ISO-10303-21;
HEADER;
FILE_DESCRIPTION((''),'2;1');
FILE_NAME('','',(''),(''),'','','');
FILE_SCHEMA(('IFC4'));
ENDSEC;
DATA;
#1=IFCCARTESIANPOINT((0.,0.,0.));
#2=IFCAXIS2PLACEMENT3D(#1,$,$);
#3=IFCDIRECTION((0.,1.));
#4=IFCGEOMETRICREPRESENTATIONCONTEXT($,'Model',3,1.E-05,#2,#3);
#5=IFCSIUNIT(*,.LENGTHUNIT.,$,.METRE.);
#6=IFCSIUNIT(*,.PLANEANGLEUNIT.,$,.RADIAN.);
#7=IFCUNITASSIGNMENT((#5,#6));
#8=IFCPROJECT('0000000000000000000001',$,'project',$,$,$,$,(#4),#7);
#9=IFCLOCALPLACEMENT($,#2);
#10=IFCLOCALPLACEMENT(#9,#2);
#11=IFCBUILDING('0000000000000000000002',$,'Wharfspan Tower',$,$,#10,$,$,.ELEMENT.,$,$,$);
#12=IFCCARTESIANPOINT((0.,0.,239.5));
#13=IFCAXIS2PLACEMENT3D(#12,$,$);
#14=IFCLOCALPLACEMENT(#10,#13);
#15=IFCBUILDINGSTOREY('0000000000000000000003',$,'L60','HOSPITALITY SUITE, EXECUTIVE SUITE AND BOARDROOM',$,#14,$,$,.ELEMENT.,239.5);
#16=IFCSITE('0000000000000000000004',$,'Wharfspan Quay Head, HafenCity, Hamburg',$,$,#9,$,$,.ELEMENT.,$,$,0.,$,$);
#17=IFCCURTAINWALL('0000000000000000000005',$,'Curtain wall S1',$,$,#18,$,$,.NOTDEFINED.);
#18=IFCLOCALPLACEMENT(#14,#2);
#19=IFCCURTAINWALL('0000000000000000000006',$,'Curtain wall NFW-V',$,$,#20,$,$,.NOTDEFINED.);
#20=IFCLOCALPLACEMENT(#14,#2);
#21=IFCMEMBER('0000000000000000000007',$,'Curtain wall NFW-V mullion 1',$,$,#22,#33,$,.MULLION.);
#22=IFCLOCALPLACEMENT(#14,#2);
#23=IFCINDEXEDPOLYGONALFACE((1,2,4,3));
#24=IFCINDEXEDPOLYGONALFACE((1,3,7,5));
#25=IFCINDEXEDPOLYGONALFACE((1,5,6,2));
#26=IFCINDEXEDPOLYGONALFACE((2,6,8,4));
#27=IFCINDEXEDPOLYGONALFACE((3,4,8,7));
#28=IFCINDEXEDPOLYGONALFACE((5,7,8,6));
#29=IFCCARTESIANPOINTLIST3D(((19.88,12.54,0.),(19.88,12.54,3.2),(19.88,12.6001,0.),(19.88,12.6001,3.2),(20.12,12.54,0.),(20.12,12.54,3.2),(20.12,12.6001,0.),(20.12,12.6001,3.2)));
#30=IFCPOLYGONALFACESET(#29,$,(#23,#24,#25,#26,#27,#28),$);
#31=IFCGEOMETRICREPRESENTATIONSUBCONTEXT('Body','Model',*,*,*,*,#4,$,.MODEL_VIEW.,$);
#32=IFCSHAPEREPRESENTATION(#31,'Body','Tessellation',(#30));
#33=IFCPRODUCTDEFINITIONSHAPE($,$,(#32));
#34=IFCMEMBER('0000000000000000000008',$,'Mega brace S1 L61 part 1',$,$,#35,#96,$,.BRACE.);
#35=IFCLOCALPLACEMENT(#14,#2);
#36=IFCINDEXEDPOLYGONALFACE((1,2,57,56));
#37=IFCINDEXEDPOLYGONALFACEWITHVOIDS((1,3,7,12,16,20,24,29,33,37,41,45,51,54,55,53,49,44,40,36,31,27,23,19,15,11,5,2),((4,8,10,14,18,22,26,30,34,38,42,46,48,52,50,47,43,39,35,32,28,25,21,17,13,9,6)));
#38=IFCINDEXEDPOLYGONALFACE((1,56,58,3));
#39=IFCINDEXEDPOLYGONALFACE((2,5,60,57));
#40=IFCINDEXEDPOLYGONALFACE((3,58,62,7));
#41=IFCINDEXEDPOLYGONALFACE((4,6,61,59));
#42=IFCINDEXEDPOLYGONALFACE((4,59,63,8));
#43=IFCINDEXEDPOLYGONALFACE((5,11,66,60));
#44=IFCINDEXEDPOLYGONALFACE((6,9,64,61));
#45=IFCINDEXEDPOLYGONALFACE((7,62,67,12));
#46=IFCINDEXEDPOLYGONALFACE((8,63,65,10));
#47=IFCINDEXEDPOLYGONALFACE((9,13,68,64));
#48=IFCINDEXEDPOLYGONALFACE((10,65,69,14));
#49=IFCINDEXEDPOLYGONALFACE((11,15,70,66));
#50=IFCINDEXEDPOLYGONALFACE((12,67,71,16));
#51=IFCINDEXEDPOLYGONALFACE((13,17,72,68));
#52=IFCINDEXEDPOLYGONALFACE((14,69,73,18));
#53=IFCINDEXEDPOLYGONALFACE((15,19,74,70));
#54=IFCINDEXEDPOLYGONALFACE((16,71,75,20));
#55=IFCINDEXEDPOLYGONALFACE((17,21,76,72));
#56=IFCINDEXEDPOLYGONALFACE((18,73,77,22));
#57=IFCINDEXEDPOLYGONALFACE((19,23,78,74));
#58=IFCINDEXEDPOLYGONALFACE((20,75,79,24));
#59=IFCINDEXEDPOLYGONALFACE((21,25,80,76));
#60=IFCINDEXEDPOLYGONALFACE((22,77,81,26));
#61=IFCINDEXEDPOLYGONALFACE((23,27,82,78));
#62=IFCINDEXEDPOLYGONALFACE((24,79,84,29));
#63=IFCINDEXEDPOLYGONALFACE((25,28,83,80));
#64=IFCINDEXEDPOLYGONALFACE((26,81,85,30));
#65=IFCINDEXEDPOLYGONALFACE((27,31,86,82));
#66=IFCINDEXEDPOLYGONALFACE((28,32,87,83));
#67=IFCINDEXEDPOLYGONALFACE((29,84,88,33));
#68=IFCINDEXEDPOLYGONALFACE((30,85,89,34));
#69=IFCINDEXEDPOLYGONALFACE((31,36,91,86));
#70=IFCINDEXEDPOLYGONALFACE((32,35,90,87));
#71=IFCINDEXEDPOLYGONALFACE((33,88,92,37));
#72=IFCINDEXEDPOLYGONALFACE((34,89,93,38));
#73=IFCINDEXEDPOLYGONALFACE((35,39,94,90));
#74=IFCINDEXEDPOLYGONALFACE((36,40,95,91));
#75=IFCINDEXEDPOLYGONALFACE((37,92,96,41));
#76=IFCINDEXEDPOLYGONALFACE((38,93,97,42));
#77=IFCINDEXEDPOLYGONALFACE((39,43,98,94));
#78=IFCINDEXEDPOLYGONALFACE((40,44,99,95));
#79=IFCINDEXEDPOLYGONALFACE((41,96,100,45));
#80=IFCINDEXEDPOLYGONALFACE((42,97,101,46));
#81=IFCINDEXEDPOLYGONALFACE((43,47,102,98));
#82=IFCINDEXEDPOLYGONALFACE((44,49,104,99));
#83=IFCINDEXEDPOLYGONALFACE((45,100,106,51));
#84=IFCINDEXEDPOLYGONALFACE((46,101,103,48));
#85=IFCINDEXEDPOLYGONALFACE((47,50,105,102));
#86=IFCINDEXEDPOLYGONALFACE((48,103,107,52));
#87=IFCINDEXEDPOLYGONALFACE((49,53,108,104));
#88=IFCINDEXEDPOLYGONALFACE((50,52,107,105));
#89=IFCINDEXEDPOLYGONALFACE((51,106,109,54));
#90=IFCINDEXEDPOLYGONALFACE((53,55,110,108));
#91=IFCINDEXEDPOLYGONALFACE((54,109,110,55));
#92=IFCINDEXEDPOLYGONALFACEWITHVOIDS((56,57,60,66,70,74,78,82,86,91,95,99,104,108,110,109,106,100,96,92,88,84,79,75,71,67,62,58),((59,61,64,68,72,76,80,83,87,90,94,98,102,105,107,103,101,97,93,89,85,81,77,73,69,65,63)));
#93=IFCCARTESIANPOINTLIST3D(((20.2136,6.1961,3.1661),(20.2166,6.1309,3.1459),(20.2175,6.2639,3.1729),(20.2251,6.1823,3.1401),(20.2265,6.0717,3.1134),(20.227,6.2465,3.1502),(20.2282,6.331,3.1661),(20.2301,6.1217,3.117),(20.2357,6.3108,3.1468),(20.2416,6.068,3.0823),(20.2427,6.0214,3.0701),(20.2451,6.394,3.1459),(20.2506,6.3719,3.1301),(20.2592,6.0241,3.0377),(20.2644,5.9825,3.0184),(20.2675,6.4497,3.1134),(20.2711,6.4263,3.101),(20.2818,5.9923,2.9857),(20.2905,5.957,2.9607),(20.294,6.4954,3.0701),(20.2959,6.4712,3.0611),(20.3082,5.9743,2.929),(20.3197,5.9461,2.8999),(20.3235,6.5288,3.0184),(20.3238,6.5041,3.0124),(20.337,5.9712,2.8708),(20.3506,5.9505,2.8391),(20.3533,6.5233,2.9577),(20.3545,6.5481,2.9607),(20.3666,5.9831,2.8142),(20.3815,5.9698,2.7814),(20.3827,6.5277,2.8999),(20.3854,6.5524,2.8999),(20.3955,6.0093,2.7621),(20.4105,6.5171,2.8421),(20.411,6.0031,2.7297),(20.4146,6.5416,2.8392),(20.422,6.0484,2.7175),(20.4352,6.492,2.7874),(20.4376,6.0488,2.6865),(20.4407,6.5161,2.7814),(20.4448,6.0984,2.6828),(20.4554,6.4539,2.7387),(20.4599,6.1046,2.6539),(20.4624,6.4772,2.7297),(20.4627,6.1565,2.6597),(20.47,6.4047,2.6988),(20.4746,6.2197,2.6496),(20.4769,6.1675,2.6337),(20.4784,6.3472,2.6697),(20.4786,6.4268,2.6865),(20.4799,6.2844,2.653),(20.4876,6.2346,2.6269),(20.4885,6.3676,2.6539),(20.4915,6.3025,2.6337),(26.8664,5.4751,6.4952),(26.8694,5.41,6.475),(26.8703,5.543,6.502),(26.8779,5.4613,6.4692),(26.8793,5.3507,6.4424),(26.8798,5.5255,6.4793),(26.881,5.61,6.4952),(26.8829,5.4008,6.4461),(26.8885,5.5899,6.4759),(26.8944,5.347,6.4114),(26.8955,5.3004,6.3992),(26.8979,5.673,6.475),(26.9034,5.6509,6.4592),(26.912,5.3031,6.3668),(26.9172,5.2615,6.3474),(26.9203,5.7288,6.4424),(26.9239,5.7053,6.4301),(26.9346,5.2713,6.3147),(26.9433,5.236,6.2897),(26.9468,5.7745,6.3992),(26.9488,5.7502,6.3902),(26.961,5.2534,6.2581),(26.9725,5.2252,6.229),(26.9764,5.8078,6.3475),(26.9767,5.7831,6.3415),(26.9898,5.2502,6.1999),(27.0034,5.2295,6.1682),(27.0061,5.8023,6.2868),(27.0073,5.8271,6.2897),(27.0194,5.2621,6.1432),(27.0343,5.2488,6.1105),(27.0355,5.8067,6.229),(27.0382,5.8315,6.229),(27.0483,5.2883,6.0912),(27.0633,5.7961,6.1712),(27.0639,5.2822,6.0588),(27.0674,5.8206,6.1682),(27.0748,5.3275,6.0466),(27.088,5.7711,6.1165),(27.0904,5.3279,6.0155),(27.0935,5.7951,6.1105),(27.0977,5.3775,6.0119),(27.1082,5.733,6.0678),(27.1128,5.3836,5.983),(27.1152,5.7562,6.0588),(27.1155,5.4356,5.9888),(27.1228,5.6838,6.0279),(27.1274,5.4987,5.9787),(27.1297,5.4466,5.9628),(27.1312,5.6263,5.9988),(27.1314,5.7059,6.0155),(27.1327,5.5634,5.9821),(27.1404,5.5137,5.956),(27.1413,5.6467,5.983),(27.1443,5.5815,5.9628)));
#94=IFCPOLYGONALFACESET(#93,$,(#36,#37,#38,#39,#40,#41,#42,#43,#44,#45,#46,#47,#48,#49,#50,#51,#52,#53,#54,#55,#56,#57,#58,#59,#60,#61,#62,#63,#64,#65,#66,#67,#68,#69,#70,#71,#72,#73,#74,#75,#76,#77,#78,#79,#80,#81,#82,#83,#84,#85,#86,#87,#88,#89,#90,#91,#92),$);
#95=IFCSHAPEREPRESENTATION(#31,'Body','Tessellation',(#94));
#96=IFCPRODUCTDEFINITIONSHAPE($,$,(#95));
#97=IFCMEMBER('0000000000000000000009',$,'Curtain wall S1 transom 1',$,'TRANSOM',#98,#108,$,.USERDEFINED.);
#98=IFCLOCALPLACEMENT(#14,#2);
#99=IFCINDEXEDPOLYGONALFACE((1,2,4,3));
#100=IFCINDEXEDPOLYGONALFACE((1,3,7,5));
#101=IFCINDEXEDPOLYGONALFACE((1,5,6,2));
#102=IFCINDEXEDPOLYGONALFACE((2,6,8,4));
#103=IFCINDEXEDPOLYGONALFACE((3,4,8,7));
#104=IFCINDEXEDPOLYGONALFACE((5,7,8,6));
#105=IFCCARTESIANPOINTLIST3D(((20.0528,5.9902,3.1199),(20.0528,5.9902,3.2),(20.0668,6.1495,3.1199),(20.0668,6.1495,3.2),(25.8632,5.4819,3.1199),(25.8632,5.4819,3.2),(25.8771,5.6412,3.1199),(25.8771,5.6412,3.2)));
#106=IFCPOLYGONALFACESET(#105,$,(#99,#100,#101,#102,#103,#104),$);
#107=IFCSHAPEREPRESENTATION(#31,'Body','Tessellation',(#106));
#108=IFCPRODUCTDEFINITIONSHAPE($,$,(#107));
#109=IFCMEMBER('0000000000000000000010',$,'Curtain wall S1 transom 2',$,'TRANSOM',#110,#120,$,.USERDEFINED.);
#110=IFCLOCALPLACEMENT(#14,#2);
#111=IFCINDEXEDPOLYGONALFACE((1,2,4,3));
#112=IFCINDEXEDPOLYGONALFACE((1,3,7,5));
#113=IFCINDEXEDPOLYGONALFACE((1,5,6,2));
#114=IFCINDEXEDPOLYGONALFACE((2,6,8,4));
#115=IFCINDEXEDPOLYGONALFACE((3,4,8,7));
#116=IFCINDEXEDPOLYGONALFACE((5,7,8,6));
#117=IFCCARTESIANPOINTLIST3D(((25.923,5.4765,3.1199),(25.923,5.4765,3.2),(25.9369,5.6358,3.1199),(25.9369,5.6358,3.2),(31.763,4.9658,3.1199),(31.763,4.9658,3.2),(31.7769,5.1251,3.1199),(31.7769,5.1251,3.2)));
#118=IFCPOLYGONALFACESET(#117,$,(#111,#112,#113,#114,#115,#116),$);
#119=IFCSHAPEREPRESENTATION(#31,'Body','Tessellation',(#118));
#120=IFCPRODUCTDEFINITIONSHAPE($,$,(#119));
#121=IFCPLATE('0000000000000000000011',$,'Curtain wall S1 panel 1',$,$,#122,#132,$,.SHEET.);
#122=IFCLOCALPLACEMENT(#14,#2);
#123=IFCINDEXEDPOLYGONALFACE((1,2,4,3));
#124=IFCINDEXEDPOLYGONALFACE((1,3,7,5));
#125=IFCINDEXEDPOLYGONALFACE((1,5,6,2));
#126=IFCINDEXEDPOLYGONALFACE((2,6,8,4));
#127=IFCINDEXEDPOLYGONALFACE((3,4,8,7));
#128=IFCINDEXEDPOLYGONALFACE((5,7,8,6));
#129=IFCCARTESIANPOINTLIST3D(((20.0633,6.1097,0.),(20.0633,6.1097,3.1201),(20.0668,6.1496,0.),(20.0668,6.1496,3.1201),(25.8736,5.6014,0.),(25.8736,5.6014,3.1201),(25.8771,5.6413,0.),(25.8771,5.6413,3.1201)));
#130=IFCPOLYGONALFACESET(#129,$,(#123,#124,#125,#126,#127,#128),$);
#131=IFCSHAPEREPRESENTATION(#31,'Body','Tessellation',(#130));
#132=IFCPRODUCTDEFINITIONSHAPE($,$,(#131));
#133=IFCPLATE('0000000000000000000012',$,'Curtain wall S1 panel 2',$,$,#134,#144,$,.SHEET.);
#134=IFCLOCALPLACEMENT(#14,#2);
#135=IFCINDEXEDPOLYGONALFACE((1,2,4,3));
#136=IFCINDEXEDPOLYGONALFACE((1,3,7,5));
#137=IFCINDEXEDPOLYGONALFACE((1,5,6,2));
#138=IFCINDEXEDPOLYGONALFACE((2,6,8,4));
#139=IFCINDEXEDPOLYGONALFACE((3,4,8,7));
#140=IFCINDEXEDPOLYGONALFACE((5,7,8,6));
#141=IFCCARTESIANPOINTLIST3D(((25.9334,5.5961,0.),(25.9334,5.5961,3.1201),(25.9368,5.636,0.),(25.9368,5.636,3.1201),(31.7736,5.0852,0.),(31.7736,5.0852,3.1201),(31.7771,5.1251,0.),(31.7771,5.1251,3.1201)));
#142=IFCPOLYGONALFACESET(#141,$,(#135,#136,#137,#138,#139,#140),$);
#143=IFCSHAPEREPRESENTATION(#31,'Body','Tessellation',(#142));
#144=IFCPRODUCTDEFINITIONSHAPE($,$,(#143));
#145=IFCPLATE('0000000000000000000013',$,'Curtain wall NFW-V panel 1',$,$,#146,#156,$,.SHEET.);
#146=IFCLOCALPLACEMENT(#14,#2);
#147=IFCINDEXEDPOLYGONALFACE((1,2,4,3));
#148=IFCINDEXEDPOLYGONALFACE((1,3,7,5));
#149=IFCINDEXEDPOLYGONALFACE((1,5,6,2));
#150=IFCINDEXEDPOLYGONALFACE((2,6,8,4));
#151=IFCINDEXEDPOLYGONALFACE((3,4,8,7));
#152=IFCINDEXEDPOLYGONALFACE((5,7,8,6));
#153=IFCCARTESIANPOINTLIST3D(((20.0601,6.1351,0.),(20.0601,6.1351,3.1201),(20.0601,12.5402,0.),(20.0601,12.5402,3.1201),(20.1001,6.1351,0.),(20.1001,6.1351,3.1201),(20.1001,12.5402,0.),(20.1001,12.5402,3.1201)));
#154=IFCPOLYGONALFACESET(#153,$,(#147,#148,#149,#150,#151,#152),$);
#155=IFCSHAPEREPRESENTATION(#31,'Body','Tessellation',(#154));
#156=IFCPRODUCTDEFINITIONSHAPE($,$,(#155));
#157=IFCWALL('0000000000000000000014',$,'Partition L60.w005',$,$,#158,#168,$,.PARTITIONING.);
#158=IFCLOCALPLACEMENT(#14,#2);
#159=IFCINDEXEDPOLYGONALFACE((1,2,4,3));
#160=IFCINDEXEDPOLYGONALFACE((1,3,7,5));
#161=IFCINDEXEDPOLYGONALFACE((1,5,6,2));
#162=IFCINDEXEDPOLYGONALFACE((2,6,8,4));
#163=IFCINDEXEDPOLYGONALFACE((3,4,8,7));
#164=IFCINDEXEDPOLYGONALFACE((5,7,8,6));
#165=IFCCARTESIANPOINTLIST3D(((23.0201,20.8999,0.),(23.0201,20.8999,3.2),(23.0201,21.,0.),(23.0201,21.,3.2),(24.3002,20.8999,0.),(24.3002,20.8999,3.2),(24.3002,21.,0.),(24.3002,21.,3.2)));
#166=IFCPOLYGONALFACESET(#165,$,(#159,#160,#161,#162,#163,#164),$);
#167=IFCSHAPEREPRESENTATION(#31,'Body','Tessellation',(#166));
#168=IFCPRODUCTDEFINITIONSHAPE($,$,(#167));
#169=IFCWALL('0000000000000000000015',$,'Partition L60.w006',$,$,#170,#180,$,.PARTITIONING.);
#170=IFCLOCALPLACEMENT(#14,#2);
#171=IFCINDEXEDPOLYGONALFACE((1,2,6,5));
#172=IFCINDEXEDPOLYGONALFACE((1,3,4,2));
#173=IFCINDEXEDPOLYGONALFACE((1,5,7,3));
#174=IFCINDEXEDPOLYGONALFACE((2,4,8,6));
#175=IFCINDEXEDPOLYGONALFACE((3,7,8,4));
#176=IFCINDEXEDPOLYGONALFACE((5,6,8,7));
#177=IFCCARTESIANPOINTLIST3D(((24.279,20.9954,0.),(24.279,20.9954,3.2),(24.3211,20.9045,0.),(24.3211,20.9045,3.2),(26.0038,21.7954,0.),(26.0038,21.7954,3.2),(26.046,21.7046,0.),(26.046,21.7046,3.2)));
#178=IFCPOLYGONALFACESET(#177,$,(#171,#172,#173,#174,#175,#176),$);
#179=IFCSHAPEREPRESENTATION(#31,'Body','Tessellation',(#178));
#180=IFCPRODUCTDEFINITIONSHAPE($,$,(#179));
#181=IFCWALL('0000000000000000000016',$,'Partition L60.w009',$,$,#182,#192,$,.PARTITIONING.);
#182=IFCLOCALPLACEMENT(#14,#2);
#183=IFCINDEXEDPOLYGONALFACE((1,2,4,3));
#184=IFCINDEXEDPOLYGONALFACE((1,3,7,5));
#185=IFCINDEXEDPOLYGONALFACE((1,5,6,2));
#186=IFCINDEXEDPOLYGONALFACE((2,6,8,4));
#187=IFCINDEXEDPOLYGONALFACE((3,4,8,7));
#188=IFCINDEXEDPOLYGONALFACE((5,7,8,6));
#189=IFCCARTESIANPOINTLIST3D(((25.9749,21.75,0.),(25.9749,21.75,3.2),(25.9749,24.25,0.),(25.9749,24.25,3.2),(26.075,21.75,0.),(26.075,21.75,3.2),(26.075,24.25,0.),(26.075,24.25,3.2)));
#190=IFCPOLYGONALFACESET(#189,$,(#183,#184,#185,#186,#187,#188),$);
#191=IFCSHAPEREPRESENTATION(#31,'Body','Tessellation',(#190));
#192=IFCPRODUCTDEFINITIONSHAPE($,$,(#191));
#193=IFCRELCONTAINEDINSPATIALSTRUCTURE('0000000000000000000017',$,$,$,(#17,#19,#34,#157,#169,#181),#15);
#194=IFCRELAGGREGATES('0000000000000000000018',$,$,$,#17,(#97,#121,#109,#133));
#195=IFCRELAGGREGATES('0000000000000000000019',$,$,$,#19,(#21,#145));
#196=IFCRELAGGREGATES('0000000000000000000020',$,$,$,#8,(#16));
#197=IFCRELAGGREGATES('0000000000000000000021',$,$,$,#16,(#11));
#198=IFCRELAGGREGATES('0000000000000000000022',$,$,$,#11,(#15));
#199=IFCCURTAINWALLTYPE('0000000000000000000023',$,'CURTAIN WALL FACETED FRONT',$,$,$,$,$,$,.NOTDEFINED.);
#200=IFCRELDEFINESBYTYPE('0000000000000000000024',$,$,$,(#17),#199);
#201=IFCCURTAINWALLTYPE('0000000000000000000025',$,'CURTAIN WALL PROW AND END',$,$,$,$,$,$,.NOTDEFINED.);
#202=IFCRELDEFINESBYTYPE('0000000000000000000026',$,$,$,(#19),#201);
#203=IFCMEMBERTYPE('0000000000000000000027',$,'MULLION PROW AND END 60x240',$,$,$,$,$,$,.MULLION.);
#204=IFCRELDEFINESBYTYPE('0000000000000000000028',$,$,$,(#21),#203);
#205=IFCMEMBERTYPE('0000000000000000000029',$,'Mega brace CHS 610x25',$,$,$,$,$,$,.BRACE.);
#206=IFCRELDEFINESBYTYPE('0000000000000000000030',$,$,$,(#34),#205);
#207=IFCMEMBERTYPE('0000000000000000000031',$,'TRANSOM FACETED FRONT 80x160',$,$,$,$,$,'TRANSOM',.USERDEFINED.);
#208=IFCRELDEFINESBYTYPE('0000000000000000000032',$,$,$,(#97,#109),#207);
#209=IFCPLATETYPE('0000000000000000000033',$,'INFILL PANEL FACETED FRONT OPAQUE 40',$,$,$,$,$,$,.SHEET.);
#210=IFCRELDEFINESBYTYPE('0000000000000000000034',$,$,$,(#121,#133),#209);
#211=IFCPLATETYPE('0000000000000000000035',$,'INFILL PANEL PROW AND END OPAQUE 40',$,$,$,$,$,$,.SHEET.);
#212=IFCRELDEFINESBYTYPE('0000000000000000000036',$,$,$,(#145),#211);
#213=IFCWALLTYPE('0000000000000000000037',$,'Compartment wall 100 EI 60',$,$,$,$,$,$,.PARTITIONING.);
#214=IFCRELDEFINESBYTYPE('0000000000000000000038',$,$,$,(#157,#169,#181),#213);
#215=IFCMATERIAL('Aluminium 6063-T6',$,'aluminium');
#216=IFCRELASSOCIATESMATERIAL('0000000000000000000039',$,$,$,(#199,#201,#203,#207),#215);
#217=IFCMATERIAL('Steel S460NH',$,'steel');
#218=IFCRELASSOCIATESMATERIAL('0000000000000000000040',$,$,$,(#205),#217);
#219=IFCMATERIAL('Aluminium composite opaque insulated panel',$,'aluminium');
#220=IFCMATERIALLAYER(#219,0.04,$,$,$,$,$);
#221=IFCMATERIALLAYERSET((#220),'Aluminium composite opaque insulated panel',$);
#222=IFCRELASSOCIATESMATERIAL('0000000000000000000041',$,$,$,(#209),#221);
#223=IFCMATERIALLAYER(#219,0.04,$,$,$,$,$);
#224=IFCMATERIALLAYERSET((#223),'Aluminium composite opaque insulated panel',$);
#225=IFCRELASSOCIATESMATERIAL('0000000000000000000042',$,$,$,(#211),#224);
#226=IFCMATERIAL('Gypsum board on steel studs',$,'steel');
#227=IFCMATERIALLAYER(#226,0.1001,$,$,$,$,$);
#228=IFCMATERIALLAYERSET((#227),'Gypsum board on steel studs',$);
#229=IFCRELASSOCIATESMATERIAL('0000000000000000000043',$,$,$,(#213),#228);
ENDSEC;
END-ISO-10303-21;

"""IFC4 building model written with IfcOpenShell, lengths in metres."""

from ifc_helpers import new_model, si_unit, direction, frame, frame_2d, origin, origin_2d, place, context, subcontext, project, spatial, rectangle, hollow_circle, extrude, material, layer, layer_set, material_profile, profile_set, type_object, element, aggregate, save


model = new_model("IFC4")

# Units and contexts
model_context = context("Model", 3, precision=1e-05, world=origin(), true_north=direction((0.0, 1.0)))
body_context = subcontext(model_context, "Body", "Model", "MODEL_VIEW")
ifc_project = project(units=[si_unit("LENGTHUNIT", "METRE"), si_unit("PLANEANGLEUNIT", "RADIAN")], contexts=[model_context])

# Site, building, storey
site_placement = place(None, origin())
site = spatial("IfcSite", under=ifc_project, at=site_placement, Name="Wharfspan Quay Head, HafenCity, Hamburg", CompositionType="ELEMENT", RefElevation=0.0)
building_placement = place(site_placement, origin())
building = spatial("IfcBuilding", under=site, at=building_placement, Name="Wharfspan Tower", CompositionType="ELEMENT")
storey_placement = place(building_placement, frame((0.0, 0.0, 239.5)))
storey = spatial("IfcBuildingStorey", under=building, at=storey_placement, Name="L60", Description="HOSPITALITY SUITE, EXECUTIVE SUITE AND BOARDROOM", CompositionType="ELEMENT", Elevation=239.5)

# Curtain wall
ifc_material_1 = material(Name="Aluminium 6063-T6", Category="aluminium")
curtain_wall_type_1 = type_object("IfcCurtainWallType", Name="CURTAIN WALL FACETED FRONT", PredefinedType="NOTDEFINED", material=ifc_material_1)
curtain_wall_1_placement = place(storey_placement, origin())
curtain_wall_1 = element("IfcCurtainWall", 1, at=curtain_wall_1_placement, inside=storey, type_object=curtain_wall_type_1, Name="Curtain wall S1", PredefinedType="NOTDEFINED")

# Curtain wall, member
curtain_wall_type_2 = type_object("IfcCurtainWallType", Name="CURTAIN WALL PROW AND END", PredefinedType="NOTDEFINED", material=ifc_material_1)
curtain_wall_2_placement = place(storey_placement, origin())
curtain_wall_2 = element("IfcCurtainWall", 2, at=curtain_wall_2_placement, inside=storey, type_object=curtain_wall_type_2, Name="Curtain wall NFW-V", PredefinedType="NOTDEFINED")
ifc_material_profile_1 = material_profile(ifc_material_1, rectangle(XDim=0.24, YDim=0.0601, at=origin_2d()))
ifc_profile_set_1 = profile_set([ifc_material_profile_1], Name="Aluminium 6063-T6")
member_type_1 = type_object("IfcMemberType", Name="MULLION PROW AND END 60x240", PredefinedType="MULLION", material=ifc_profile_set_1)
member_1_placement = place(storey_placement, frame((20.0, 12.5701, 0.0), z_axis=(0.0, 0.0, 1.0), x_axis=(1.0, 0.0, 0.0)))
member_1 = element("IfcMember", 3, at=member_1_placement, type_object=member_type_1, Name="Curtain wall NFW-V mullion 1", PredefinedType="MULLION", context=body_context, shape_type="SweptSolid", body=[
    extrude(rectangle(XDim=0.24, YDim=0.0601, at=origin_2d()), origin(), (0.0, 0.0, 1.0), 3.2),
])

# Members
ifc_material_2 = material(Name="Steel S460NH", Category="steel")
ifc_material_profile_2 = material_profile(ifc_material_2, hollow_circle(Radius=0.3049, WallThickness=0.0249, at=origin_2d()))
ifc_profile_set_2 = profile_set([ifc_material_profile_2], Name="Steel S460NH")
member_type_2 = type_object("IfcMemberType", Name="Mega brace CHS 610x25", PredefinedType="BRACE", material=ifc_profile_set_2)
member_2_placement = place(storey_placement, frame((20.3525, 6.2493, 2.8999), z_axis=(0.890113, -0.096459, 0.445416), x_axis=(0.107734, 0.994176, 0.000004)))
element("IfcMember", 4, at=member_2_placement, inside=storey, type_object=member_type_2, Name="Mega brace S1 L61 part 1", PredefinedType="BRACE", context=body_context, shape_type="SweptSolid", body=[
    extrude(hollow_circle(Radius=0.3049, WallThickness=0.0249, at=origin_2d()), origin(), (0.0, 0.0, 1.0), 7.4741),
])
ifc_material_profile_3 = material_profile(ifc_material_1, rectangle(XDim=0.1599, YDim=0.0801, at=origin_2d()))
ifc_profile_set_3 = profile_set([ifc_material_profile_3], Name="Aluminium 6063-T6")
member_type_3 = type_object("IfcMemberType", Name="TRANSOM FACETED FRONT 80x160", ElementType="TRANSOM", PredefinedType="USERDEFINED", material=ifc_profile_set_3)
member_3_placement = place(storey_placement, frame((20.0598, 6.0698, 3.1599), z_axis=(0.996195, -0.08715, 0.0), x_axis=(0.08715, 0.996195, 0.0)))
member_3 = element("IfcMember", 5, at=member_3_placement, type_object=member_type_3, Name="Curtain wall S1 transom 1", ObjectType="TRANSOM", PredefinedType="USERDEFINED", context=body_context, shape_type="SweptSolid", body=[
    extrude(rectangle(XDim=0.1599, YDim=0.0801, at=origin_2d()), origin(), (0.0, 0.0, 1.0), 5.8325),
])
member_4_placement = place(storey_placement, frame((25.9299, 5.5562, 3.1599), z_axis=(0.996198, -0.087122, 0.0), x_axis=(0.087122, 0.996198, 0.0)))
member_4 = element("IfcMember", 6, at=member_4_placement, type_object=member_type_3, Name="Curtain wall S1 transom 2", ObjectType="TRANSOM", PredefinedType="USERDEFINED", context=body_context, shape_type="SweptSolid", body=[
    extrude(rectangle(XDim=0.1599, YDim=0.0801, at=origin_2d()), origin(), (0.0, 0.0, 1.0), 5.8623),
])

# Plates
ifc_material_3 = material(Name="Aluminium composite opaque insulated panel", Category="aluminium")
ifc_layer_1 = layer(ifc_material_3, 0.04)
ifc_layer_set_1 = layer_set([ifc_layer_1], Name="Aluminium composite opaque insulated panel")
plate_type_1 = type_object("IfcPlateType", Name="INFILL PANEL FACETED FRONT OPAQUE 40", PredefinedType="SHEET", material=ifc_layer_set_1)
plate_1_placement = place(storey_placement, frame((22.9702, 5.8755, 0.0), z_axis=(0.0, 0.0, 1.0), x_axis=(0.996197, -0.087156, 0.0)))
plate_1 = element("IfcPlate", 7, at=plate_1_placement, type_object=plate_type_1, Name="Curtain wall S1 panel 1", PredefinedType="SHEET", context=body_context, shape_type="SweptSolid", body=[
    extrude(rectangle(XDim=5.8325, YDim=0.04, at=origin_2d()), origin(), (0.0, 0.0, 1.0), 3.1201),
])
plate_2_placement = place(storey_placement, frame((28.8552, 5.3606, 0.0), z_axis=(0.0, 0.0, 1.0), x_axis=(0.996197, -0.087156, 0.0)))
plate_2 = element("IfcPlate", 8, at=plate_2_placement, type_object=plate_type_1, Name="Curtain wall S1 panel 2", PredefinedType="SHEET", context=body_context, shape_type="SweptSolid", body=[
    extrude(rectangle(XDim=5.8625, YDim=0.04, at=origin_2d()), origin(), (0.0, 0.0, 1.0), 3.1201),
])
aggregate(curtain_wall_1, [member_3, plate_1, member_4, plate_2])
ifc_layer_2 = layer(ifc_material_3, 0.04)
ifc_layer_set_2 = layer_set([ifc_layer_2], Name="Aluminium composite opaque insulated panel")
plate_type_2 = type_object("IfcPlateType", Name="INFILL PANEL PROW AND END OPAQUE 40", PredefinedType="SHEET", material=ifc_layer_set_2)
plate_3_placement = place(storey_placement, frame((20.0801, 9.3376, 0.0), z_axis=(0.0, 0.0, 1.0), x_axis=(0.0, -1.0, 0.0)))
plate_3 = element("IfcPlate", 9, at=plate_3_placement, type_object=plate_type_2, Name="Curtain wall NFW-V panel 1", PredefinedType="SHEET", context=body_context, shape_type="SweptSolid", body=[
    extrude(rectangle(XDim=6.405, YDim=0.04, at=origin_2d()), origin(), (0.0, 0.0, 1.0), 3.1201),
])
aggregate(curtain_wall_2, [member_1, plate_3])

# Walls
ifc_material_4 = material(Name="Gypsum board on steel studs", Category="steel")
ifc_layer_3 = layer(ifc_material_4, 0.1001)
ifc_layer_set_3 = layer_set([ifc_layer_3], Name="Gypsum board on steel studs")
wall_type_1 = type_object("IfcWallType", Name="Compartment wall 100 EI 60", PredefinedType="PARTITIONING", material=ifc_layer_set_3)
wall_1_placement = place(storey_placement, frame((23.02, 20.95, 0.0), z_axis=(0.0, 0.0, 1.0), x_axis=(1.0, 0.0, 0.0)))
element("IfcWall", 10, at=wall_1_placement, inside=storey, type_object=wall_type_1, Name="Partition L60.w005", PredefinedType="PARTITIONING", context=body_context, shape_type="SweptSolid", body=[
    extrude(rectangle(XDim=1.28, YDim=0.1001, at=frame_2d((0.6401, 0.0))), origin(), (0.0, 0.0, 1.0), 3.2),
])
wall_2_placement = place(storey_placement, frame((24.3, 20.95, 0.0), z_axis=(0.0, 0.0, 1.0), x_axis=(0.907168, 0.420777, 0.0)))
element("IfcWall", 11, at=wall_2_placement, inside=storey, type_object=wall_type_1, Name="Partition L60.w006", PredefinedType="PARTITIONING", context=body_context, shape_type="SweptSolid", body=[
    extrude(rectangle(XDim=1.9014, YDim=0.1001, at=frame_2d((0.9507, 0.0))), origin(), (0.0, 0.0, 1.0), 3.2),
])
wall_3_placement = place(storey_placement, frame((26.0249, 21.75, 0.0), z_axis=(0.0, 0.0, 1.0), x_axis=(0.0, 1.0, 0.0)))
element("IfcWall", 12, at=wall_3_placement, inside=storey, type_object=wall_type_1, Name="Partition L60.w009", PredefinedType="PARTITIONING", context=body_context, shape_type="SweptSolid", body=[
    extrude(rectangle(XDim=2.5, YDim=0.1001, at=frame_2d((1.25, 0.0))), origin(), (0.0, 0.0, 1.0), 3.2),
])

save(model, "model.ifc")
